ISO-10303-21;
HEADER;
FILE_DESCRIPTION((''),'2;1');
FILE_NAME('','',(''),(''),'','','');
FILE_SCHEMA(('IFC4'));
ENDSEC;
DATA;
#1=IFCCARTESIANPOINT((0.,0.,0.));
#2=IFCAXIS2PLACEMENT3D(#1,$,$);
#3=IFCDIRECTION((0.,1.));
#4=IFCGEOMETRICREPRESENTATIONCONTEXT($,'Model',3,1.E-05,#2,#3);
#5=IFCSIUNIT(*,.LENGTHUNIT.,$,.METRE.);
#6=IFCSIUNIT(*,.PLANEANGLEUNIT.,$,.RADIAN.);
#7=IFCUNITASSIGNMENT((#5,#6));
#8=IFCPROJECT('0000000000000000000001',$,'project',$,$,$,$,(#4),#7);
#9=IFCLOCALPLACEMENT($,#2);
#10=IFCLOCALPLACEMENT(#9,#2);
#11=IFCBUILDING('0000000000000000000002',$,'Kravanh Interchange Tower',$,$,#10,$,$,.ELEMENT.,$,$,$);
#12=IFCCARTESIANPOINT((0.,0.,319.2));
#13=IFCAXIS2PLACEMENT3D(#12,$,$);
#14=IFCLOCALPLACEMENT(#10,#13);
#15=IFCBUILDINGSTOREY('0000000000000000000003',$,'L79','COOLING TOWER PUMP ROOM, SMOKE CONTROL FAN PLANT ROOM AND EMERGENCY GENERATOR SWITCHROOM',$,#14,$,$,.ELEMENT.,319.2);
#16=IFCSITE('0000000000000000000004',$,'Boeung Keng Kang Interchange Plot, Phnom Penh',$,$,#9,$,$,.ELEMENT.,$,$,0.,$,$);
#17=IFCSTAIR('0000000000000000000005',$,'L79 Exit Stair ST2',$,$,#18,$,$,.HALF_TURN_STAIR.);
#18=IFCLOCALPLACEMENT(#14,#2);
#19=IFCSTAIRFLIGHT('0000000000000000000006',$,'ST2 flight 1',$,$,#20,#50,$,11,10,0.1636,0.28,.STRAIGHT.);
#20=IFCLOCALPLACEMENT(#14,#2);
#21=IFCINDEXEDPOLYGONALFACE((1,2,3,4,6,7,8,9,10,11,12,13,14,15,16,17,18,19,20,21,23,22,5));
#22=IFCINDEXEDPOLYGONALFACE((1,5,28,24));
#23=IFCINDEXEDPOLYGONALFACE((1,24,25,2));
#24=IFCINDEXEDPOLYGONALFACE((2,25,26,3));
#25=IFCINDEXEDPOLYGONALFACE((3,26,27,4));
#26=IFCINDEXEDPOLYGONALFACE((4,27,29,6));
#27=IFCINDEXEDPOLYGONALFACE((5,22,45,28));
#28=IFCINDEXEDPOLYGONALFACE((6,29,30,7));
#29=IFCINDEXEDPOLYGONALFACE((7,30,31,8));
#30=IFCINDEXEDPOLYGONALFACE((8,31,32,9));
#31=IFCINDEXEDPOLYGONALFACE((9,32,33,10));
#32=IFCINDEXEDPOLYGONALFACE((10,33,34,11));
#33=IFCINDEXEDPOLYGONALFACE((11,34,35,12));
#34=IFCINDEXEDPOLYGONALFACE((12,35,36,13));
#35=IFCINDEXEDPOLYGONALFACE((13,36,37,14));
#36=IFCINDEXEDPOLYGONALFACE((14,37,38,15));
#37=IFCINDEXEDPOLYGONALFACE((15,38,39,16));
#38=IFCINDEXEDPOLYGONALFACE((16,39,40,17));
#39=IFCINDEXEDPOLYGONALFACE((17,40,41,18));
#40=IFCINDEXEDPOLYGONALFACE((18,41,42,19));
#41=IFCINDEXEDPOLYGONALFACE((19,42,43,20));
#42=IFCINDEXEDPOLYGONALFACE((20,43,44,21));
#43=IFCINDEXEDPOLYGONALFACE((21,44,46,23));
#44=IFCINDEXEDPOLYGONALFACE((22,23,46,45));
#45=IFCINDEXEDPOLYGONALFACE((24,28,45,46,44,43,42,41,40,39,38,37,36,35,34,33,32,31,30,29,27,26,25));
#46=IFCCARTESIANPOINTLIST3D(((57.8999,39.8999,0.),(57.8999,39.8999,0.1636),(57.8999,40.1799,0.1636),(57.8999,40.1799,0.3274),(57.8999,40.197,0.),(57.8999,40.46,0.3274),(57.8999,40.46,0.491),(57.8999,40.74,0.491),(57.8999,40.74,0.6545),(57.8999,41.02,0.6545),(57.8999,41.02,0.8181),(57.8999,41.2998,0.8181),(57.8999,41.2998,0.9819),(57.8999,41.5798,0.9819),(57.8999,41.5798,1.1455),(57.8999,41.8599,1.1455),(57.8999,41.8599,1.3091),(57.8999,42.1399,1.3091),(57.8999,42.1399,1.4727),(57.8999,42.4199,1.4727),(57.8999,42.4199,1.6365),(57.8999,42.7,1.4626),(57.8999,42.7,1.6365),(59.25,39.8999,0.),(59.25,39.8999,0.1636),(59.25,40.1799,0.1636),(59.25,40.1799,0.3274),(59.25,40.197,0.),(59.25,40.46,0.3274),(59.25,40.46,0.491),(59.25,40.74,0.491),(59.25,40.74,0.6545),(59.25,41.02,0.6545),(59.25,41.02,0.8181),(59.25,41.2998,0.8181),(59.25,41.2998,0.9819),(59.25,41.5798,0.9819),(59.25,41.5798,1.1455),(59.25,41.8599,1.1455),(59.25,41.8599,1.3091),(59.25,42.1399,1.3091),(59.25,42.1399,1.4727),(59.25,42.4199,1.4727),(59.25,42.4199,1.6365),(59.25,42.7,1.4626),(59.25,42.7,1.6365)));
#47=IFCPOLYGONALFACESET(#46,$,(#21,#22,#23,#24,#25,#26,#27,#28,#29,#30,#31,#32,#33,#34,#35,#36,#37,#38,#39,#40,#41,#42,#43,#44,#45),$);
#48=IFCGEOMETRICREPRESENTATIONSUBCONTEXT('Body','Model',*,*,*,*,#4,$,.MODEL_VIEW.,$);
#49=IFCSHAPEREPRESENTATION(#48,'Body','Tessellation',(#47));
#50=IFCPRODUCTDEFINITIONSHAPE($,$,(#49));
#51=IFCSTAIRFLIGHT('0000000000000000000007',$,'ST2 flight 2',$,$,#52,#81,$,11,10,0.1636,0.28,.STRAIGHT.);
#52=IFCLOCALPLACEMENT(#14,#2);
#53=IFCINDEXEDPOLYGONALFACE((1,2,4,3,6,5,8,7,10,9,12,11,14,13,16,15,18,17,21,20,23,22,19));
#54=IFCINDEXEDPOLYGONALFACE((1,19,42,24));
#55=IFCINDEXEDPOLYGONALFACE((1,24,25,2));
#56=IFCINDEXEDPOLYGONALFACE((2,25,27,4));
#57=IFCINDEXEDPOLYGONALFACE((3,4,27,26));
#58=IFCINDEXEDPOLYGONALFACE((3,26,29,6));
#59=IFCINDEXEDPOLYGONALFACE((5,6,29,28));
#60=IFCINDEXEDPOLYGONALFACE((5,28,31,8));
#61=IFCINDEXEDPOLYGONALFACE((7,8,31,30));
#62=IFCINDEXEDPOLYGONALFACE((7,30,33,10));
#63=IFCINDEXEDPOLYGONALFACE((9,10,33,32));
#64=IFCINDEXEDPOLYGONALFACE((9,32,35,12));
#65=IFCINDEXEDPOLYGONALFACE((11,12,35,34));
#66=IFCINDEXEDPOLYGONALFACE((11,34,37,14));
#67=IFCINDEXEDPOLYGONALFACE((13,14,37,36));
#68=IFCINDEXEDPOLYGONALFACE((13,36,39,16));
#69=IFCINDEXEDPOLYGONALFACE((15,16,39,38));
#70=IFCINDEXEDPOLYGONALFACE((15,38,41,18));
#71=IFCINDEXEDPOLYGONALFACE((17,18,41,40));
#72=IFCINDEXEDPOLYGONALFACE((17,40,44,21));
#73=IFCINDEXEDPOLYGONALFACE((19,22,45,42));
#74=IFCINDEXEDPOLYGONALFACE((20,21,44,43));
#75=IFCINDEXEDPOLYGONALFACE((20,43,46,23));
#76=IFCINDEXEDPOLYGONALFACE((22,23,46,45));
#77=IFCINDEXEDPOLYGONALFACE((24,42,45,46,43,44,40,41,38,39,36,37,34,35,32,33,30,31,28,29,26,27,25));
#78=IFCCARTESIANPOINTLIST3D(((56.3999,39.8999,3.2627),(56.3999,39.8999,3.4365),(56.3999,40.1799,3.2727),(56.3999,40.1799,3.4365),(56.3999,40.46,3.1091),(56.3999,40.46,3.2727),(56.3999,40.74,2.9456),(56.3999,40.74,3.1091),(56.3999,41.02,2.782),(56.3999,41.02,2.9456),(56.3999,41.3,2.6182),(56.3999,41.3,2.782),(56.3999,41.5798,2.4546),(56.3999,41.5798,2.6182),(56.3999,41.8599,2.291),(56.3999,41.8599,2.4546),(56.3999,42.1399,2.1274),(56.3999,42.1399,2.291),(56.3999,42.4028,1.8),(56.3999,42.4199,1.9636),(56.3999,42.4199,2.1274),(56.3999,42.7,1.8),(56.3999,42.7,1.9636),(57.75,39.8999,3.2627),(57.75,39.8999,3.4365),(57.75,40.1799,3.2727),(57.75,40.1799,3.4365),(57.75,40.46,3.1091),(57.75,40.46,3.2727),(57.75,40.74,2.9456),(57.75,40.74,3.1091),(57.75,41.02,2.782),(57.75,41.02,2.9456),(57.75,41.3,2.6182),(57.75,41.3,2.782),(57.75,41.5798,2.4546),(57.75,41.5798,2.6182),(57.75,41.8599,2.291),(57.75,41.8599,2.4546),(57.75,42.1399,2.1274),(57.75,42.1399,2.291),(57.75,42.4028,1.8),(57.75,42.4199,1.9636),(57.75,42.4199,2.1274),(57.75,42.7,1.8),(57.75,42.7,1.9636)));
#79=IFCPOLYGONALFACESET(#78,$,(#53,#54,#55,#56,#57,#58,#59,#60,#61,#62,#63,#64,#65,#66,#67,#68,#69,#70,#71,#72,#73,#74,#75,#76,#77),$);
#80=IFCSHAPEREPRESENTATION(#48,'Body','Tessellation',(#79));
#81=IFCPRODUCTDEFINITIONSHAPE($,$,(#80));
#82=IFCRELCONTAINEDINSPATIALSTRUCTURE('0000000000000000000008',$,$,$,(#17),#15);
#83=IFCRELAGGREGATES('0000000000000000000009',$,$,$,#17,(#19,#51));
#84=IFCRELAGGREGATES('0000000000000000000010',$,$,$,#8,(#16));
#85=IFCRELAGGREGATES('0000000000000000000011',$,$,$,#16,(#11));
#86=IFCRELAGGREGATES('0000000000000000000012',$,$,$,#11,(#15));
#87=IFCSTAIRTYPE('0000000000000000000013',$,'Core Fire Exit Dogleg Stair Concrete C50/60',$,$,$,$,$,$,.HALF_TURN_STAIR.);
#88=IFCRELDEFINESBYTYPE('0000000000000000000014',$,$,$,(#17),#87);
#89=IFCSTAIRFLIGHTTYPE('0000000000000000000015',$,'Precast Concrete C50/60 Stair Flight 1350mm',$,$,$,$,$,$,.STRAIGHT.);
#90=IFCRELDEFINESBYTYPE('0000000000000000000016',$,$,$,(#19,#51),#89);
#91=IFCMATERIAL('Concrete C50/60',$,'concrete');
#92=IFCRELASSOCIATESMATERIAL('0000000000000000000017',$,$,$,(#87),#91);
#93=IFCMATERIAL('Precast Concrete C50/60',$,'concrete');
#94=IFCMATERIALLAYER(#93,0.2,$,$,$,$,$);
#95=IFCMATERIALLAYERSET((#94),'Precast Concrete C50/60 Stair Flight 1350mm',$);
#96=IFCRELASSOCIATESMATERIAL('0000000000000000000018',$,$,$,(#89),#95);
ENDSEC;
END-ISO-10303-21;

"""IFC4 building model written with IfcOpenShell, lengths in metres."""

from ifc_helpers import new_model, si_unit, direction, frame, origin, place, context, subcontext, project, spatial, polyline, outline, extrude, material, layer, layer_set, type_object, element, aggregate, save


model = new_model("IFC4")

# Units and contexts
model_context = context("Model", 3, precision=1e-05, world=origin(), true_north=direction((0.0, 1.0)))
body_context = subcontext(model_context, "Body", "Model", "MODEL_VIEW")
ifc_project = project(units=[si_unit("LENGTHUNIT", "METRE"), si_unit("PLANEANGLEUNIT", "RADIAN")], contexts=[model_context])

# Site, building, storey
site_placement = place(None, origin())
site = spatial("IfcSite", under=ifc_project, at=site_placement, Name="Boeung Keng Kang Interchange Plot, Phnom Penh", CompositionType="ELEMENT", RefElevation=0.0)
building_placement = place(site_placement, origin())
building = spatial("IfcBuilding", under=site, at=building_placement, Name="Kravanh Interchange Tower", CompositionType="ELEMENT")
storey_placement = place(building_placement, frame((0.0, 0.0, 319.2)))
storey = spatial("IfcBuildingStorey", under=building, at=storey_placement, Name="L79", Description="COOLING TOWER PUMP ROOM, SMOKE CONTROL FAN PLANT ROOM AND EMERGENCY GENERATOR SWITCHROOM", CompositionType="ELEMENT", Elevation=319.2)

# Stair, stair flights
ifc_material_1 = material(Name="Concrete C50/60", Category="concrete")
stair_type = type_object("IfcStairType", Name="Core Fire Exit Dogleg Stair Concrete C50/60", PredefinedType="HALF_TURN_STAIR", material=ifc_material_1)
ifc_material_2 = material(Name="Precast Concrete C50/60", Category="concrete")
ifc_layer_1 = layer(ifc_material_2, 0.2)
ifc_layer_set_1 = layer_set([ifc_layer_1], Name="Precast Concrete C50/60 Stair Flight 1350mm")
stair_flight_type = type_object("IfcStairFlightType", Name="Precast Concrete C50/60 Stair Flight 1350mm", PredefinedType="STRAIGHT", material=ifc_layer_set_1)
stair_1_placement = place(storey_placement, origin())
stair_1 = element("IfcStair", 1, at=stair_1_placement, inside=storey, type_object=stair_type, Name="L79 Exit Stair ST2", PredefinedType="HALF_TURN_STAIR")
stair_flight_1_placement = place(storey_placement, frame((58.575, 39.8999, 0.0), z_axis=(0.0, 0.0, 1.0), x_axis=(0.0, 1.0, 0.0)))
stair_flight_1 = element("IfcStairFlight", 2, at=stair_flight_1_placement, type_object=stair_flight_type, Name="ST2 flight 1", NumberOfRisers=11, NumberOfTreads=10, PredefinedType="STRAIGHT", RiserHeight=0.1636, TreadLength=0.28, context=body_context, shape_type="SweptSolid", body=[
    extrude(outline(polyline([(0.0, 0.0), (0.0, 0.1636), (0.28, 0.1636), (0.28, 0.3274), (0.5601, 0.3274), (0.5601, 0.491), (0.8401, 0.491), (0.8401, 0.6545), (1.1201, 0.6545), (1.1201, 0.8181), (1.3999, 0.8181), (1.3999, 0.9819), (1.6799, 0.9819), (1.6799, 1.1455), (1.96, 1.1455), (1.96, 1.3091), (2.24, 1.3091), (2.24, 1.4727), (2.52, 1.4727), (2.52, 1.6365), (2.8, 1.6365), (2.8, 1.8), (2.8, 1.4626), (0.2971, 0.0), (0.0, 0.0)])), frame((0.0, 0.675, 0.0), z_axis=(0.0, -1.0, 0.0), x_axis=(1.0, 0.0, 0.0)), (0.0, 0.0, 1.0), 1.3501),
])
stair_flight_2_placement = place(storey_placement, frame((57.075, 42.7, 1.8), z_axis=(0.0, 0.0, 1.0), x_axis=(0.0, -1.0, 0.0)))
stair_flight_2 = element("IfcStairFlight", 3, at=stair_flight_2_placement, type_object=stair_flight_type, Name="ST2 flight 2", NumberOfRisers=11, NumberOfTreads=10, PredefinedType="STRAIGHT", RiserHeight=0.1636, TreadLength=0.28, context=body_context, shape_type="SweptSolid", body=[
    extrude(outline(polyline([(0.0, 0.0), (0.0, 0.1636), (0.28, 0.1636), (0.28, 0.3274), (0.5601, 0.3274), (0.5601, 0.491), (0.8401, 0.491), (0.8401, 0.6545), (1.1201, 0.6545), (1.1201, 0.8181), (1.3999, 0.8181), (1.3999, 0.9819), (1.6799, 0.9819), (1.6799, 1.1455), (1.96, 1.1455), (1.96, 1.3091), (2.24, 1.3091), (2.24, 1.4727), (2.52, 1.4727), (2.52, 1.6365), (2.8, 1.6365), (2.8, 1.8), (2.8, 1.4626), (0.2971, 0.0), (0.0, 0.0)])), frame((0.0, 0.675, 0.0), z_axis=(0.0, -1.0, 0.0), x_axis=(1.0, 0.0, 0.0)), (0.0, 0.0, 1.0), 1.3501),
])
aggregate(stair_1, [stair_flight_1, stair_flight_2])

save(model, "model.ifc")
